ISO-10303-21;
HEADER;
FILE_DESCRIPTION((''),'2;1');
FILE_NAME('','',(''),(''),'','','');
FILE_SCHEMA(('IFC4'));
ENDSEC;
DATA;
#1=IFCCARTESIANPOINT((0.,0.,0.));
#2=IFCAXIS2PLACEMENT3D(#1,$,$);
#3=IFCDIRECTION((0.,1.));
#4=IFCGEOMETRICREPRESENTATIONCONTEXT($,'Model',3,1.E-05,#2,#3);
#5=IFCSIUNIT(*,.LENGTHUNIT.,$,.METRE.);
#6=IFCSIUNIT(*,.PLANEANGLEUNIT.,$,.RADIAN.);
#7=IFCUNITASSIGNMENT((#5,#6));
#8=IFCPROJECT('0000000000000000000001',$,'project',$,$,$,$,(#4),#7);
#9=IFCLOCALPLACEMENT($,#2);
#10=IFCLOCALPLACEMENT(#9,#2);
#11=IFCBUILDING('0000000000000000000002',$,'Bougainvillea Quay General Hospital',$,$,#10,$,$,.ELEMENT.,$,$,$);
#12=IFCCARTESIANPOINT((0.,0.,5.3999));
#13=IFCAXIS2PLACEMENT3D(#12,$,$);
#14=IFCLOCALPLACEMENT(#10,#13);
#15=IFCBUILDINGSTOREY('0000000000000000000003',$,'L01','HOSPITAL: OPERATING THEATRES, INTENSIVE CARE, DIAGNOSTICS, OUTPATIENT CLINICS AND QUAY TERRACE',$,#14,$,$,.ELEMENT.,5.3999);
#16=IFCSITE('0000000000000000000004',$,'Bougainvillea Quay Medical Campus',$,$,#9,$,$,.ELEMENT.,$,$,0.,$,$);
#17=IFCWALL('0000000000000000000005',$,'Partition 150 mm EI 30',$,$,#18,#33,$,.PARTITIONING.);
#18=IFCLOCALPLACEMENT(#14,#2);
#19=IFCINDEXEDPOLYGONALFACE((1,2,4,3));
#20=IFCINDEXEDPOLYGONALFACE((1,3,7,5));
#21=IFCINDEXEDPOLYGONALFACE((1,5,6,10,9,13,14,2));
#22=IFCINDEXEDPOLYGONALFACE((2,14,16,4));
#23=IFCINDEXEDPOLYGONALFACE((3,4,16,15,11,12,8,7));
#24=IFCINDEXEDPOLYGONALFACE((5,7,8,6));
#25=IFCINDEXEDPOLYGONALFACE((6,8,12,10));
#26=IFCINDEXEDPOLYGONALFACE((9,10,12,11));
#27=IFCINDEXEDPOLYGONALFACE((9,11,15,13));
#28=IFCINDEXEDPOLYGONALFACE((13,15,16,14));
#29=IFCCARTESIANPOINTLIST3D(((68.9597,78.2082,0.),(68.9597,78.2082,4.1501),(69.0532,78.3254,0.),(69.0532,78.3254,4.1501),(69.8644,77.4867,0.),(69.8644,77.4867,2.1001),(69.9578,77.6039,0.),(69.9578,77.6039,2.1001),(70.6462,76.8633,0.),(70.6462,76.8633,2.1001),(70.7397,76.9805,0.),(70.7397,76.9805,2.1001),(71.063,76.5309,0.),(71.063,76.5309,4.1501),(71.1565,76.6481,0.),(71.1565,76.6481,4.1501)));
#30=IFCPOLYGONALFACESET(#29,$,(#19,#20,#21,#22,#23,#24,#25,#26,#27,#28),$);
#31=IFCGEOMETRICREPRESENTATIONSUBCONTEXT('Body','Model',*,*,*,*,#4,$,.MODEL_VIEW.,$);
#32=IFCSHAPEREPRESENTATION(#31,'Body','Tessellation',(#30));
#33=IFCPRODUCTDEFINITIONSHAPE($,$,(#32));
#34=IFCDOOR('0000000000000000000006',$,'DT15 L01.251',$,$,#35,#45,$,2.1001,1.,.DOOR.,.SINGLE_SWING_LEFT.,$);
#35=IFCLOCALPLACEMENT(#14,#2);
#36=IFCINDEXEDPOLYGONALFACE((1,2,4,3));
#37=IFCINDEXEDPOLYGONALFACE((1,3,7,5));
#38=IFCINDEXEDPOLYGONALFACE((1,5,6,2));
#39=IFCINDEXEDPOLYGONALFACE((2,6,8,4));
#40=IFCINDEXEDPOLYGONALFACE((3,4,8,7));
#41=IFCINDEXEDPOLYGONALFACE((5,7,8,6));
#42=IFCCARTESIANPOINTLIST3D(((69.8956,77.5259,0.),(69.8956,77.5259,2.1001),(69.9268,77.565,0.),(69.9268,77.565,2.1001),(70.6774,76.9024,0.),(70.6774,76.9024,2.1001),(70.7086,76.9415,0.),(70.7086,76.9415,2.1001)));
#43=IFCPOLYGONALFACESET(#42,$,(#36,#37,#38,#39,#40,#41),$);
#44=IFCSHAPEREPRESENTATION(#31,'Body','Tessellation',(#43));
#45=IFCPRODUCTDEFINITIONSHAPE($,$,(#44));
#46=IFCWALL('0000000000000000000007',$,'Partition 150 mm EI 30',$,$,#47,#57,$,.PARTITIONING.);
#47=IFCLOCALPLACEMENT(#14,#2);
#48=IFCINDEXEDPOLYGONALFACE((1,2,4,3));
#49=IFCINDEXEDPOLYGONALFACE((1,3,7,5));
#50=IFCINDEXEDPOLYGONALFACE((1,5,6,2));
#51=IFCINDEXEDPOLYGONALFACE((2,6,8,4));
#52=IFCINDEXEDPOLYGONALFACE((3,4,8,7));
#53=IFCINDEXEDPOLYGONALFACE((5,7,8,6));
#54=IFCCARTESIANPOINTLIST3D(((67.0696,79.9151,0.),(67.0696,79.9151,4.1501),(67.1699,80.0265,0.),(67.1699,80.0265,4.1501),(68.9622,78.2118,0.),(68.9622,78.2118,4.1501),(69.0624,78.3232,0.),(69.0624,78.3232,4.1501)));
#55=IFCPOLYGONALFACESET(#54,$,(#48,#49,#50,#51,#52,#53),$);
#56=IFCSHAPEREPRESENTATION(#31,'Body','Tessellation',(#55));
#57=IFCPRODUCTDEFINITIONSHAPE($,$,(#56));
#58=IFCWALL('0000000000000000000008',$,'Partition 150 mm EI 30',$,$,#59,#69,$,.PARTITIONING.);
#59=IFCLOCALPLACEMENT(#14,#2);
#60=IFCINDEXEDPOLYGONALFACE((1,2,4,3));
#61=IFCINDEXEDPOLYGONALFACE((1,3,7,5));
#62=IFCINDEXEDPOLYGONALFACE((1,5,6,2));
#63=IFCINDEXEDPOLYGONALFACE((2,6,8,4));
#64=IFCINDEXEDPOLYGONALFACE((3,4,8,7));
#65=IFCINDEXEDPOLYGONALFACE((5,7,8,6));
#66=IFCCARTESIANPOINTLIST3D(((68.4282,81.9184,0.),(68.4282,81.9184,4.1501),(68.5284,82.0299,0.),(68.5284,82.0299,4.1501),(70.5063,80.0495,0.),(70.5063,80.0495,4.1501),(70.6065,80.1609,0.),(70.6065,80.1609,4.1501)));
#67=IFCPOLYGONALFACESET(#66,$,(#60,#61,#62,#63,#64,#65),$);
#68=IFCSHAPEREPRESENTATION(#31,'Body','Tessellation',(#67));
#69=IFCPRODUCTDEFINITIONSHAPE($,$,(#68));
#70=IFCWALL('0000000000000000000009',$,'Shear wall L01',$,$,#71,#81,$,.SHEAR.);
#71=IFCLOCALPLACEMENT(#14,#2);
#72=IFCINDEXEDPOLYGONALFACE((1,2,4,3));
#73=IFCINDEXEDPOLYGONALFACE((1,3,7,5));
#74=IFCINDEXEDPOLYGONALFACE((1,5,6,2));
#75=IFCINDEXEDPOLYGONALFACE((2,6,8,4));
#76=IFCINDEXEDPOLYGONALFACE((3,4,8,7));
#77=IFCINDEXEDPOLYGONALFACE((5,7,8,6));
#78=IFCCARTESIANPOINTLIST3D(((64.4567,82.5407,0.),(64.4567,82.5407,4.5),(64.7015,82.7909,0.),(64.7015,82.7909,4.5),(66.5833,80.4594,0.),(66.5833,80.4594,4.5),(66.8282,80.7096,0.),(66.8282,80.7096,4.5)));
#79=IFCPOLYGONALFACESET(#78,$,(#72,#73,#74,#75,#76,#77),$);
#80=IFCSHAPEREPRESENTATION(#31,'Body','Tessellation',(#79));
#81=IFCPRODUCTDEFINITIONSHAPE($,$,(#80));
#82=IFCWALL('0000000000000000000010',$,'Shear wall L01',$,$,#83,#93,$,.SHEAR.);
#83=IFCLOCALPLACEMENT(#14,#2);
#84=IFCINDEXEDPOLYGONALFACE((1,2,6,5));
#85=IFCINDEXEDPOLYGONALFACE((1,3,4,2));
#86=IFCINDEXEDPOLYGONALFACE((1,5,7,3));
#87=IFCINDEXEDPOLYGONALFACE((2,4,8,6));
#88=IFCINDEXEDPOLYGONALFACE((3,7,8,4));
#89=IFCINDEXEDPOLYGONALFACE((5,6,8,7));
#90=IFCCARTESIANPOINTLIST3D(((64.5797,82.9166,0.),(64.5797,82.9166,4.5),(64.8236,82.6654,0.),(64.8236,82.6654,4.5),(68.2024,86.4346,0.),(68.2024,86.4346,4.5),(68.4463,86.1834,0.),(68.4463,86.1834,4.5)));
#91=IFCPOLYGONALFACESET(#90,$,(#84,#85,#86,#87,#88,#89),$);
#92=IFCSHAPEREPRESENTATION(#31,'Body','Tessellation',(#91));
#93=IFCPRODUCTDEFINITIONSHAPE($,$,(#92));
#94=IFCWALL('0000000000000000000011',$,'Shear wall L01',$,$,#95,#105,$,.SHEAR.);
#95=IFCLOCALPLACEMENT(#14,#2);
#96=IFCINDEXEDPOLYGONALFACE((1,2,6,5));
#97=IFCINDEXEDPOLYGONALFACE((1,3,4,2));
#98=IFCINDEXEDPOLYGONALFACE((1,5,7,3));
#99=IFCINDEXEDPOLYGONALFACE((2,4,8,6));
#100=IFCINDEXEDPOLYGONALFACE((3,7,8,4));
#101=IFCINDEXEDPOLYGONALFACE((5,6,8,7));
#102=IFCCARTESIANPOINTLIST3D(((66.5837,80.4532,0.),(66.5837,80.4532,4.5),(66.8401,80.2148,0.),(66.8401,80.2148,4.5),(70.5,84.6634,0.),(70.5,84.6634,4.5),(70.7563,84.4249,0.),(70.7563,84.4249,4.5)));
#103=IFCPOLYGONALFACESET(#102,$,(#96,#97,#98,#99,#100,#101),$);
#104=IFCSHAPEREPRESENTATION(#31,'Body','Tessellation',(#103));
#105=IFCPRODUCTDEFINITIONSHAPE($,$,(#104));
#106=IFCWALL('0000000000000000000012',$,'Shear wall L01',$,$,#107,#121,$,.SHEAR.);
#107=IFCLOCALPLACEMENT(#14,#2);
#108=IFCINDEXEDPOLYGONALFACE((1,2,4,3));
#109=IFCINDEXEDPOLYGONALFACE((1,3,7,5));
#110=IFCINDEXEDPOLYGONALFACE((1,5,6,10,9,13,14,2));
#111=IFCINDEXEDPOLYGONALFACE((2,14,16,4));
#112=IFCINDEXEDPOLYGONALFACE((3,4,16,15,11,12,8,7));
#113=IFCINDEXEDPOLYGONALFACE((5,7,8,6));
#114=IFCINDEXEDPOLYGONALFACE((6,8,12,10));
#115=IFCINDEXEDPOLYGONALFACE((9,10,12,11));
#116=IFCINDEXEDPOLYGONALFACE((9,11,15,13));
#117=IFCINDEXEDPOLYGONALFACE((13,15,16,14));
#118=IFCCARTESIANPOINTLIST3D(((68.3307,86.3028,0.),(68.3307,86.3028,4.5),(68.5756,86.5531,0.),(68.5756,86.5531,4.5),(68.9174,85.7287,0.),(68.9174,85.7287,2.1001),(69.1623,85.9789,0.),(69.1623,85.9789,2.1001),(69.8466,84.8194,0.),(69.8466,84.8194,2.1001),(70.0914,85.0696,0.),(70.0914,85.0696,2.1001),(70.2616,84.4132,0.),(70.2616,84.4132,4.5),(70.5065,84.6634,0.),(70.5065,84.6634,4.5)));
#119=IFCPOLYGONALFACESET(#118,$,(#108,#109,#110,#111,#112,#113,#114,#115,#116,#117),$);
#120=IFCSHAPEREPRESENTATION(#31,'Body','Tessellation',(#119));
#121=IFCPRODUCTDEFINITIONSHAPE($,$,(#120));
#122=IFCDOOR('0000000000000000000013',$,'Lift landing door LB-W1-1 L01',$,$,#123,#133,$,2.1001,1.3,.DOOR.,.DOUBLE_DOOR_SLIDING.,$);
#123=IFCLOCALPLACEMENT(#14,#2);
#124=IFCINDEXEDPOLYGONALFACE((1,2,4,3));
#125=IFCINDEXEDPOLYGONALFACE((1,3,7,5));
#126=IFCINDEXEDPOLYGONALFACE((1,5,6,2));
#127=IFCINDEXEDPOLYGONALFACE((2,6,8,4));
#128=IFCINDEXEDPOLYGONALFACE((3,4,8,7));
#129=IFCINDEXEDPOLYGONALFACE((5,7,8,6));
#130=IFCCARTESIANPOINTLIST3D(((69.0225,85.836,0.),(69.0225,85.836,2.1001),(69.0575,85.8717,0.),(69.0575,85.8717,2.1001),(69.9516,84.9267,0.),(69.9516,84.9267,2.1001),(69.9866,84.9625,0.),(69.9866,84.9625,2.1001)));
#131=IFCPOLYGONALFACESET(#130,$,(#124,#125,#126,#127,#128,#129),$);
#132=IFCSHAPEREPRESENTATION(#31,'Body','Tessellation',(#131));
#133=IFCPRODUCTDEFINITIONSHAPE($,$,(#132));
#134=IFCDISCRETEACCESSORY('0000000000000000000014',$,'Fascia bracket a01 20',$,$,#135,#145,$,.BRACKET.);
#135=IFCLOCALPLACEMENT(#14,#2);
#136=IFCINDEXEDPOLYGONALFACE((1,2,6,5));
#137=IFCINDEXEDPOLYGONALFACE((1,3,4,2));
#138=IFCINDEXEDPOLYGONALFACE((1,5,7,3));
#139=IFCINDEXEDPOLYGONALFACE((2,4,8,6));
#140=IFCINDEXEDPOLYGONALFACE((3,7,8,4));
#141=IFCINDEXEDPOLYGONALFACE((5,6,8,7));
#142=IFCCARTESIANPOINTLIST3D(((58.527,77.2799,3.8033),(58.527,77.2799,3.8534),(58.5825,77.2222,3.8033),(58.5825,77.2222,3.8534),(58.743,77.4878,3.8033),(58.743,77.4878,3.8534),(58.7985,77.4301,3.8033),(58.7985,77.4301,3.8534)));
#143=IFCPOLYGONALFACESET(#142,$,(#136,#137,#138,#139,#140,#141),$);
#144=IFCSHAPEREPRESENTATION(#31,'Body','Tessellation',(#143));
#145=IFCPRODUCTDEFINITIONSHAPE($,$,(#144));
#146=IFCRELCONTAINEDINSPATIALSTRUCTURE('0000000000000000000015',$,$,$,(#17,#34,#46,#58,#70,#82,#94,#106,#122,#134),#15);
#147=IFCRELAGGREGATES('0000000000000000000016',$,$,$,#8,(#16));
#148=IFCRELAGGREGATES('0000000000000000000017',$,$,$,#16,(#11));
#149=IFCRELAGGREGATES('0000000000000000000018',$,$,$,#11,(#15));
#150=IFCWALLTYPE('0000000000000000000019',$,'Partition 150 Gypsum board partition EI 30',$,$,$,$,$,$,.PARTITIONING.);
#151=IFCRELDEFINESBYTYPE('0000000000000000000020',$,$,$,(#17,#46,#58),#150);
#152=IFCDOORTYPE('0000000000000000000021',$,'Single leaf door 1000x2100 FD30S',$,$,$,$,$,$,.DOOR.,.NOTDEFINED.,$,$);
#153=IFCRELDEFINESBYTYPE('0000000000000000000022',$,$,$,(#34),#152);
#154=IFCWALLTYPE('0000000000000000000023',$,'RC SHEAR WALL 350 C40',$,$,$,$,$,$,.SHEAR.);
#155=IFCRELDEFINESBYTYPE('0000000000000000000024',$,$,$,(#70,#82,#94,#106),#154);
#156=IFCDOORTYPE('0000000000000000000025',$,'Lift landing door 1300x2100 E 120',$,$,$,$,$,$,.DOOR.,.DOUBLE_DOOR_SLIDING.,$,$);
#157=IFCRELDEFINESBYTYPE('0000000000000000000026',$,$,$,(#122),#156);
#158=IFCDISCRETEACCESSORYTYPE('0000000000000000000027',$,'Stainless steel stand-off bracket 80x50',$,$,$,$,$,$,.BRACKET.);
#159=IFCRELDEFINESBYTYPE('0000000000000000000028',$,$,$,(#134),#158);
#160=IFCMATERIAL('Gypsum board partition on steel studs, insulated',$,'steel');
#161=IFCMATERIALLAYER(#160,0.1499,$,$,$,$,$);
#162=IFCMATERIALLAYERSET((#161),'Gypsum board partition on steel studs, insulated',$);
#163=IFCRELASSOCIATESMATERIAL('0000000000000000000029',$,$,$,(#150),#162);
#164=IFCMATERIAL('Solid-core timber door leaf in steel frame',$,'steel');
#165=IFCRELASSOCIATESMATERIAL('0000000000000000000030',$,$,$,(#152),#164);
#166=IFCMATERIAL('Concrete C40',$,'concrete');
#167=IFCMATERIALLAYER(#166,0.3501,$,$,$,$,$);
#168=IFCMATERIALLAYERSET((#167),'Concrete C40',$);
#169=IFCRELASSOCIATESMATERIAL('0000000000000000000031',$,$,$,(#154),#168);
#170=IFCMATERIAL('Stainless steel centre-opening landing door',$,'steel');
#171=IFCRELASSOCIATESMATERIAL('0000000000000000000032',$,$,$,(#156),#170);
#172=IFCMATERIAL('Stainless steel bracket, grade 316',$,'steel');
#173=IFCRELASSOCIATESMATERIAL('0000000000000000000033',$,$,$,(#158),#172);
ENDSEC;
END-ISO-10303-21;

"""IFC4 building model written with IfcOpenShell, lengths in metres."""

from ifc_helpers import new_model, si_unit, direction, frame, frame_2d, origin, origin_2d, place, context, subcontext, project, spatial, rectangle, extrude, material, layer, layer_set, material_profile, profile_set, type_object, element, fill, save


model = new_model("IFC4")

# Units and contexts
model_context = context("Model", 3, precision=1e-05, world=origin(), true_north=direction((0.0, 1.0)))
body_context = subcontext(model_context, "Body", "Model", "MODEL_VIEW")
ifc_project = project(units=[si_unit("LENGTHUNIT", "METRE"), si_unit("PLANEANGLEUNIT", "RADIAN")], contexts=[model_context])

# Site, building, storey
site_placement = place(None, origin())
site = spatial("IfcSite", under=ifc_project, at=site_placement, Name="Bougainvillea Quay Medical Campus", CompositionType="ELEMENT", RefElevation=0.0)
building_placement = place(site_placement, origin())
building = spatial("IfcBuilding", under=site, at=building_placement, Name="Bougainvillea Quay General Hospital", CompositionType="ELEMENT")
storey_placement = place(building_placement, frame((0.0, 0.0, 5.3999)))
storey = spatial("IfcBuildingStorey", under=building, at=storey_placement, Name="L01", Description="HOSPITAL: OPERATING THEATRES, INTENSIVE CARE, DIAGNOSTICS, OUTPATIENT CLINICS AND QUAY TERRACE", CompositionType="ELEMENT", Elevation=5.3999)

# Wall, opening, door
ifc_material_1 = material(Name="Gypsum board partition on steel studs, insulated", Category="steel")
ifc_layer_1 = layer(ifc_material_1, 0.1499)
ifc_layer_set_1 = layer_set([ifc_layer_1], Name="Gypsum board partition on steel studs, insulated")
wall_type_1 = type_object("IfcWallType", Name="Partition 150 Gypsum board partition EI 30", PredefinedType="PARTITIONING", material=ifc_layer_set_1)
wall_1_placement = place(storey_placement, frame((69.0063, 78.2668, 0.0), z_axis=(0.0, 0.0, 1.0), x_axis=(0.781842, -0.623477, 0.0)))
wall_1 = element("IfcWall", 1, at=wall_1_placement, inside=storey, type_object=wall_type_1, Name="Partition 150 mm EI 30", PredefinedType="PARTITIONING", context=body_context, shape_type="SweptSolid", body=[
    extrude(rectangle(XDim=2.6902, YDim=0.1499, at=frame_2d((1.3452, 0.0))), origin(), (0.0, 0.0, 1.0), 4.1501),
])
opening_1_placement = place(wall_1_placement, frame((1.1572, 0.0, 0.0)))
opening_1 = element("IfcOpeningElement", 2, at=opening_1_placement, cuts=wall_1, PredefinedType="OPENING", context=body_context, shape_type="SweptSolid", body=[
    extrude(rectangle(XDim=1.0, YDim=2.1001, at=frame_2d((0.5, 1.05))), frame((0.0, 0.085, 0.0), z_axis=(0.0, -1.0, 0.0), x_axis=(1.0, 0.0, 0.0)), (0.0, 0.0, 1.0), 0.1699),
])
ifc_material_2 = material(Name="Solid-core timber door leaf in steel frame", Category="steel")
door_type_1 = type_object("IfcDoorType", Name="Single leaf door 1000x2100 FD30S", OperationType="NOTDEFINED", PredefinedType="DOOR", material=ifc_material_2)
door_1_placement = place(opening_1_placement, frame((1.0, 0.0, 0.0), z_axis=(0.0, 0.0, 1.0), x_axis=(-1.0, 0.0, 0.0)))
door_1 = element("IfcDoor", 3, at=door_1_placement, inside=storey, type_object=door_type_1, Name="DT15 L01.251", OperationType="SINGLE_SWING_LEFT", OverallHeight=2.1001, OverallWidth=1.0, PredefinedType="DOOR", context=body_context, shape_type="SweptSolid", body=[
    extrude(rectangle(XDim=1.0, YDim=2.1001, at=frame_2d((0.5, 1.05))), frame((0.0, 0.0249, 0.0), z_axis=(0.0, -1.0, 0.0), x_axis=(1.0, 0.0, 0.0)), (0.0, 0.0, 1.0), 0.05),
])
fill(opening_1, door_1)

# Walls
wall_2_placement = place(storey_placement, frame((67.1199, 79.9707, 0.0), z_axis=(0.0, 0.0, 1.0), x_axis=(0.743285, -0.668975, 0.0)))
element("IfcWall", 4, at=wall_2_placement, inside=storey, type_object=wall_type_1, Name="Partition 150 mm EI 30", PredefinedType="PARTITIONING", context=body_context, shape_type="SweptSolid", body=[
    extrude(rectangle(XDim=2.5461, YDim=0.1499, at=frame_2d((1.2729, 0.0))), origin(), (0.0, 0.0, 1.0), 4.1501),
])
wall_3_placement = place(storey_placement, frame((68.4783, 81.9741, 0.0), z_axis=(0.0, 0.0, 1.0), x_axis=(0.743546, -0.668685, 0.0)))
element("IfcWall", 5, at=wall_3_placement, inside=storey, type_object=wall_type_1, Name="Partition 150 mm EI 30", PredefinedType="PARTITIONING", context=body_context, shape_type="SweptSolid", body=[
    extrude(rectangle(XDim=2.7949, YDim=0.1499, at=frame_2d((1.3975, 0.0))), origin(), (0.0, 0.0, 1.0), 4.1501),
])
ifc_material_3 = material(Name="Concrete C40", Category="concrete")
ifc_layer_2 = layer(ifc_material_3, 0.3501)
ifc_layer_set_2 = layer_set([ifc_layer_2], Name="Concrete C40")
wall_type_2 = type_object("IfcWallType", Name="RC SHEAR WALL 350 C40", PredefinedType="SHEAR", material=ifc_layer_set_2)
wall_4_placement = place(storey_placement, frame((64.5791, 82.6658, 0.0), z_axis=(0.0, 0.0, 1.0), x_axis=(0.714696, -0.699435, 0.0)))
element("IfcWall", 6, at=wall_4_placement, inside=storey, type_object=wall_type_2, Name="Shear wall L01", PredefinedType="SHEAR", context=body_context, shape_type="SweptSolid", body=[
    extrude(rectangle(XDim=2.9756, YDim=0.3501, at=frame_2d((1.4878, 0.0))), origin(), (0.0, 0.0, 1.0), 4.5),
])
wall_5_placement = place(storey_placement, frame((64.7017, 82.791, 0.0), z_axis=(0.0, 0.0, 1.0), x_axis=(0.717401, 0.696661, 0.0)))
element("IfcWall", 7, at=wall_5_placement, inside=storey, type_object=wall_type_2, Name="Shear wall L01", PredefinedType="SHEAR", context=body_context, shape_type="SweptSolid", body=[
    extrude(rectangle(XDim=5.0498, YDim=0.3501, at=frame_2d((2.5249, 0.0))), origin(), (0.0, 0.0, 1.0), 4.5),
])
wall_6_placement = place(storey_placement, frame((66.7119, 80.334, 0.0), z_axis=(0.0, 0.0, 1.0), x_axis=(0.681084, 0.732205, 0.0)))
element("IfcWall", 8, at=wall_6_placement, inside=storey, type_object=wall_type_2, Name="Shear wall L01", PredefinedType="SHEAR", context=body_context, shape_type="SweptSolid", body=[
    extrude(rectangle(XDim=5.75, YDim=0.3501, at=frame_2d((2.875, 0.0))), origin(), (0.0, 0.0, 1.0), 4.5),
])

# Wall, opening, door
wall_7_placement = place(storey_placement, frame((70.384, 84.5383, 0.0), z_axis=(0.0, 0.0, 1.0), x_axis=(-0.714701, 0.69943, 0.0)))
wall_7 = element("IfcWall", 9, at=wall_7_placement, inside=storey, type_object=wall_type_2, Name="Shear wall L01", PredefinedType="SHEAR", context=body_context, shape_type="SweptSolid", body=[
    extrude(rectangle(XDim=2.7017, YDim=0.3501, at=frame_2d((1.3508, 0.0))), origin(), (0.0, 0.0, 1.0), 4.5),
])
opening_2_placement = place(wall_7_placement, frame((0.5808, 0.0, 0.0)))
opening_2 = element("IfcOpeningElement", 10, at=opening_2_placement, cuts=wall_7, PredefinedType="OPENING", context=body_context, shape_type="SweptSolid", body=[
    extrude(rectangle(XDim=1.3, YDim=2.1001, at=frame_2d((0.6499, 1.05))), frame((0.0, 0.1851, 0.0), z_axis=(0.0, -1.0, 0.0), x_axis=(1.0, 0.0, 0.0)), (0.0, 0.0, 1.0), 0.3701),
])
ifc_material_4 = material(Name="Stainless steel centre-opening landing door", Category="steel")
door_type_2 = type_object("IfcDoorType", Name="Lift landing door 1300x2100 E 120", OperationType="DOUBLE_DOOR_SLIDING", PredefinedType="DOOR", material=ifc_material_4)
door_2_placement = place(opening_2_placement, origin())
door_2 = element("IfcDoor", 11, at=door_2_placement, inside=storey, type_object=door_type_2, Name="Lift landing door LB-W1-1 L01", OperationType="DOUBLE_DOOR_SLIDING", OverallHeight=2.1001, OverallWidth=1.3, PredefinedType="DOOR", context=body_context, shape_type="SweptSolid", body=[
    extrude(rectangle(XDim=1.3, YDim=2.1001, at=frame_2d((0.6499, 1.05))), frame((0.0, 0.0249, 0.0), z_axis=(0.0, -1.0, 0.0), x_axis=(1.0, 0.0, 0.0)), (0.0, 0.0, 1.0), 0.05),
])
fill(opening_2, door_2)

# Discrete accessory
ifc_material_5 = material(Name="Stainless steel bracket, grade 316", Category="steel")
ifc_material_profile_1 = material_profile(ifc_material_5, rectangle(XDim=0.0801, YDim=0.05, at=origin_2d()))
ifc_profile_set_1 = profile_set([ifc_material_profile_1], Name="Stainless steel bracket, grade 316")
discrete_accessory_type = type_object("IfcDiscreteAccessoryType", Name="Stainless steel stand-off bracket 80x50", PredefinedType="BRACKET", material=ifc_profile_set_1)
discrete_accessory_placement = place(storey_placement, frame((58.7708, 77.459, 3.8284), z_axis=(-0.720411, -0.693548, 0.0), x_axis=(0.693548, -0.720411, 0.0)))
element("IfcDiscreteAccessory", 12, at=discrete_accessory_placement, inside=storey, type_object=discrete_accessory_type, Name="Fascia bracket a01 20", PredefinedType="BRACKET", context=body_context, shape_type="SweptSolid", body=[
    extrude(rectangle(XDim=0.0801, YDim=0.05, at=origin_2d()), origin(), (0.0, 0.0, 1.0), 0.2998),
])

save(model, "model.ifc")
